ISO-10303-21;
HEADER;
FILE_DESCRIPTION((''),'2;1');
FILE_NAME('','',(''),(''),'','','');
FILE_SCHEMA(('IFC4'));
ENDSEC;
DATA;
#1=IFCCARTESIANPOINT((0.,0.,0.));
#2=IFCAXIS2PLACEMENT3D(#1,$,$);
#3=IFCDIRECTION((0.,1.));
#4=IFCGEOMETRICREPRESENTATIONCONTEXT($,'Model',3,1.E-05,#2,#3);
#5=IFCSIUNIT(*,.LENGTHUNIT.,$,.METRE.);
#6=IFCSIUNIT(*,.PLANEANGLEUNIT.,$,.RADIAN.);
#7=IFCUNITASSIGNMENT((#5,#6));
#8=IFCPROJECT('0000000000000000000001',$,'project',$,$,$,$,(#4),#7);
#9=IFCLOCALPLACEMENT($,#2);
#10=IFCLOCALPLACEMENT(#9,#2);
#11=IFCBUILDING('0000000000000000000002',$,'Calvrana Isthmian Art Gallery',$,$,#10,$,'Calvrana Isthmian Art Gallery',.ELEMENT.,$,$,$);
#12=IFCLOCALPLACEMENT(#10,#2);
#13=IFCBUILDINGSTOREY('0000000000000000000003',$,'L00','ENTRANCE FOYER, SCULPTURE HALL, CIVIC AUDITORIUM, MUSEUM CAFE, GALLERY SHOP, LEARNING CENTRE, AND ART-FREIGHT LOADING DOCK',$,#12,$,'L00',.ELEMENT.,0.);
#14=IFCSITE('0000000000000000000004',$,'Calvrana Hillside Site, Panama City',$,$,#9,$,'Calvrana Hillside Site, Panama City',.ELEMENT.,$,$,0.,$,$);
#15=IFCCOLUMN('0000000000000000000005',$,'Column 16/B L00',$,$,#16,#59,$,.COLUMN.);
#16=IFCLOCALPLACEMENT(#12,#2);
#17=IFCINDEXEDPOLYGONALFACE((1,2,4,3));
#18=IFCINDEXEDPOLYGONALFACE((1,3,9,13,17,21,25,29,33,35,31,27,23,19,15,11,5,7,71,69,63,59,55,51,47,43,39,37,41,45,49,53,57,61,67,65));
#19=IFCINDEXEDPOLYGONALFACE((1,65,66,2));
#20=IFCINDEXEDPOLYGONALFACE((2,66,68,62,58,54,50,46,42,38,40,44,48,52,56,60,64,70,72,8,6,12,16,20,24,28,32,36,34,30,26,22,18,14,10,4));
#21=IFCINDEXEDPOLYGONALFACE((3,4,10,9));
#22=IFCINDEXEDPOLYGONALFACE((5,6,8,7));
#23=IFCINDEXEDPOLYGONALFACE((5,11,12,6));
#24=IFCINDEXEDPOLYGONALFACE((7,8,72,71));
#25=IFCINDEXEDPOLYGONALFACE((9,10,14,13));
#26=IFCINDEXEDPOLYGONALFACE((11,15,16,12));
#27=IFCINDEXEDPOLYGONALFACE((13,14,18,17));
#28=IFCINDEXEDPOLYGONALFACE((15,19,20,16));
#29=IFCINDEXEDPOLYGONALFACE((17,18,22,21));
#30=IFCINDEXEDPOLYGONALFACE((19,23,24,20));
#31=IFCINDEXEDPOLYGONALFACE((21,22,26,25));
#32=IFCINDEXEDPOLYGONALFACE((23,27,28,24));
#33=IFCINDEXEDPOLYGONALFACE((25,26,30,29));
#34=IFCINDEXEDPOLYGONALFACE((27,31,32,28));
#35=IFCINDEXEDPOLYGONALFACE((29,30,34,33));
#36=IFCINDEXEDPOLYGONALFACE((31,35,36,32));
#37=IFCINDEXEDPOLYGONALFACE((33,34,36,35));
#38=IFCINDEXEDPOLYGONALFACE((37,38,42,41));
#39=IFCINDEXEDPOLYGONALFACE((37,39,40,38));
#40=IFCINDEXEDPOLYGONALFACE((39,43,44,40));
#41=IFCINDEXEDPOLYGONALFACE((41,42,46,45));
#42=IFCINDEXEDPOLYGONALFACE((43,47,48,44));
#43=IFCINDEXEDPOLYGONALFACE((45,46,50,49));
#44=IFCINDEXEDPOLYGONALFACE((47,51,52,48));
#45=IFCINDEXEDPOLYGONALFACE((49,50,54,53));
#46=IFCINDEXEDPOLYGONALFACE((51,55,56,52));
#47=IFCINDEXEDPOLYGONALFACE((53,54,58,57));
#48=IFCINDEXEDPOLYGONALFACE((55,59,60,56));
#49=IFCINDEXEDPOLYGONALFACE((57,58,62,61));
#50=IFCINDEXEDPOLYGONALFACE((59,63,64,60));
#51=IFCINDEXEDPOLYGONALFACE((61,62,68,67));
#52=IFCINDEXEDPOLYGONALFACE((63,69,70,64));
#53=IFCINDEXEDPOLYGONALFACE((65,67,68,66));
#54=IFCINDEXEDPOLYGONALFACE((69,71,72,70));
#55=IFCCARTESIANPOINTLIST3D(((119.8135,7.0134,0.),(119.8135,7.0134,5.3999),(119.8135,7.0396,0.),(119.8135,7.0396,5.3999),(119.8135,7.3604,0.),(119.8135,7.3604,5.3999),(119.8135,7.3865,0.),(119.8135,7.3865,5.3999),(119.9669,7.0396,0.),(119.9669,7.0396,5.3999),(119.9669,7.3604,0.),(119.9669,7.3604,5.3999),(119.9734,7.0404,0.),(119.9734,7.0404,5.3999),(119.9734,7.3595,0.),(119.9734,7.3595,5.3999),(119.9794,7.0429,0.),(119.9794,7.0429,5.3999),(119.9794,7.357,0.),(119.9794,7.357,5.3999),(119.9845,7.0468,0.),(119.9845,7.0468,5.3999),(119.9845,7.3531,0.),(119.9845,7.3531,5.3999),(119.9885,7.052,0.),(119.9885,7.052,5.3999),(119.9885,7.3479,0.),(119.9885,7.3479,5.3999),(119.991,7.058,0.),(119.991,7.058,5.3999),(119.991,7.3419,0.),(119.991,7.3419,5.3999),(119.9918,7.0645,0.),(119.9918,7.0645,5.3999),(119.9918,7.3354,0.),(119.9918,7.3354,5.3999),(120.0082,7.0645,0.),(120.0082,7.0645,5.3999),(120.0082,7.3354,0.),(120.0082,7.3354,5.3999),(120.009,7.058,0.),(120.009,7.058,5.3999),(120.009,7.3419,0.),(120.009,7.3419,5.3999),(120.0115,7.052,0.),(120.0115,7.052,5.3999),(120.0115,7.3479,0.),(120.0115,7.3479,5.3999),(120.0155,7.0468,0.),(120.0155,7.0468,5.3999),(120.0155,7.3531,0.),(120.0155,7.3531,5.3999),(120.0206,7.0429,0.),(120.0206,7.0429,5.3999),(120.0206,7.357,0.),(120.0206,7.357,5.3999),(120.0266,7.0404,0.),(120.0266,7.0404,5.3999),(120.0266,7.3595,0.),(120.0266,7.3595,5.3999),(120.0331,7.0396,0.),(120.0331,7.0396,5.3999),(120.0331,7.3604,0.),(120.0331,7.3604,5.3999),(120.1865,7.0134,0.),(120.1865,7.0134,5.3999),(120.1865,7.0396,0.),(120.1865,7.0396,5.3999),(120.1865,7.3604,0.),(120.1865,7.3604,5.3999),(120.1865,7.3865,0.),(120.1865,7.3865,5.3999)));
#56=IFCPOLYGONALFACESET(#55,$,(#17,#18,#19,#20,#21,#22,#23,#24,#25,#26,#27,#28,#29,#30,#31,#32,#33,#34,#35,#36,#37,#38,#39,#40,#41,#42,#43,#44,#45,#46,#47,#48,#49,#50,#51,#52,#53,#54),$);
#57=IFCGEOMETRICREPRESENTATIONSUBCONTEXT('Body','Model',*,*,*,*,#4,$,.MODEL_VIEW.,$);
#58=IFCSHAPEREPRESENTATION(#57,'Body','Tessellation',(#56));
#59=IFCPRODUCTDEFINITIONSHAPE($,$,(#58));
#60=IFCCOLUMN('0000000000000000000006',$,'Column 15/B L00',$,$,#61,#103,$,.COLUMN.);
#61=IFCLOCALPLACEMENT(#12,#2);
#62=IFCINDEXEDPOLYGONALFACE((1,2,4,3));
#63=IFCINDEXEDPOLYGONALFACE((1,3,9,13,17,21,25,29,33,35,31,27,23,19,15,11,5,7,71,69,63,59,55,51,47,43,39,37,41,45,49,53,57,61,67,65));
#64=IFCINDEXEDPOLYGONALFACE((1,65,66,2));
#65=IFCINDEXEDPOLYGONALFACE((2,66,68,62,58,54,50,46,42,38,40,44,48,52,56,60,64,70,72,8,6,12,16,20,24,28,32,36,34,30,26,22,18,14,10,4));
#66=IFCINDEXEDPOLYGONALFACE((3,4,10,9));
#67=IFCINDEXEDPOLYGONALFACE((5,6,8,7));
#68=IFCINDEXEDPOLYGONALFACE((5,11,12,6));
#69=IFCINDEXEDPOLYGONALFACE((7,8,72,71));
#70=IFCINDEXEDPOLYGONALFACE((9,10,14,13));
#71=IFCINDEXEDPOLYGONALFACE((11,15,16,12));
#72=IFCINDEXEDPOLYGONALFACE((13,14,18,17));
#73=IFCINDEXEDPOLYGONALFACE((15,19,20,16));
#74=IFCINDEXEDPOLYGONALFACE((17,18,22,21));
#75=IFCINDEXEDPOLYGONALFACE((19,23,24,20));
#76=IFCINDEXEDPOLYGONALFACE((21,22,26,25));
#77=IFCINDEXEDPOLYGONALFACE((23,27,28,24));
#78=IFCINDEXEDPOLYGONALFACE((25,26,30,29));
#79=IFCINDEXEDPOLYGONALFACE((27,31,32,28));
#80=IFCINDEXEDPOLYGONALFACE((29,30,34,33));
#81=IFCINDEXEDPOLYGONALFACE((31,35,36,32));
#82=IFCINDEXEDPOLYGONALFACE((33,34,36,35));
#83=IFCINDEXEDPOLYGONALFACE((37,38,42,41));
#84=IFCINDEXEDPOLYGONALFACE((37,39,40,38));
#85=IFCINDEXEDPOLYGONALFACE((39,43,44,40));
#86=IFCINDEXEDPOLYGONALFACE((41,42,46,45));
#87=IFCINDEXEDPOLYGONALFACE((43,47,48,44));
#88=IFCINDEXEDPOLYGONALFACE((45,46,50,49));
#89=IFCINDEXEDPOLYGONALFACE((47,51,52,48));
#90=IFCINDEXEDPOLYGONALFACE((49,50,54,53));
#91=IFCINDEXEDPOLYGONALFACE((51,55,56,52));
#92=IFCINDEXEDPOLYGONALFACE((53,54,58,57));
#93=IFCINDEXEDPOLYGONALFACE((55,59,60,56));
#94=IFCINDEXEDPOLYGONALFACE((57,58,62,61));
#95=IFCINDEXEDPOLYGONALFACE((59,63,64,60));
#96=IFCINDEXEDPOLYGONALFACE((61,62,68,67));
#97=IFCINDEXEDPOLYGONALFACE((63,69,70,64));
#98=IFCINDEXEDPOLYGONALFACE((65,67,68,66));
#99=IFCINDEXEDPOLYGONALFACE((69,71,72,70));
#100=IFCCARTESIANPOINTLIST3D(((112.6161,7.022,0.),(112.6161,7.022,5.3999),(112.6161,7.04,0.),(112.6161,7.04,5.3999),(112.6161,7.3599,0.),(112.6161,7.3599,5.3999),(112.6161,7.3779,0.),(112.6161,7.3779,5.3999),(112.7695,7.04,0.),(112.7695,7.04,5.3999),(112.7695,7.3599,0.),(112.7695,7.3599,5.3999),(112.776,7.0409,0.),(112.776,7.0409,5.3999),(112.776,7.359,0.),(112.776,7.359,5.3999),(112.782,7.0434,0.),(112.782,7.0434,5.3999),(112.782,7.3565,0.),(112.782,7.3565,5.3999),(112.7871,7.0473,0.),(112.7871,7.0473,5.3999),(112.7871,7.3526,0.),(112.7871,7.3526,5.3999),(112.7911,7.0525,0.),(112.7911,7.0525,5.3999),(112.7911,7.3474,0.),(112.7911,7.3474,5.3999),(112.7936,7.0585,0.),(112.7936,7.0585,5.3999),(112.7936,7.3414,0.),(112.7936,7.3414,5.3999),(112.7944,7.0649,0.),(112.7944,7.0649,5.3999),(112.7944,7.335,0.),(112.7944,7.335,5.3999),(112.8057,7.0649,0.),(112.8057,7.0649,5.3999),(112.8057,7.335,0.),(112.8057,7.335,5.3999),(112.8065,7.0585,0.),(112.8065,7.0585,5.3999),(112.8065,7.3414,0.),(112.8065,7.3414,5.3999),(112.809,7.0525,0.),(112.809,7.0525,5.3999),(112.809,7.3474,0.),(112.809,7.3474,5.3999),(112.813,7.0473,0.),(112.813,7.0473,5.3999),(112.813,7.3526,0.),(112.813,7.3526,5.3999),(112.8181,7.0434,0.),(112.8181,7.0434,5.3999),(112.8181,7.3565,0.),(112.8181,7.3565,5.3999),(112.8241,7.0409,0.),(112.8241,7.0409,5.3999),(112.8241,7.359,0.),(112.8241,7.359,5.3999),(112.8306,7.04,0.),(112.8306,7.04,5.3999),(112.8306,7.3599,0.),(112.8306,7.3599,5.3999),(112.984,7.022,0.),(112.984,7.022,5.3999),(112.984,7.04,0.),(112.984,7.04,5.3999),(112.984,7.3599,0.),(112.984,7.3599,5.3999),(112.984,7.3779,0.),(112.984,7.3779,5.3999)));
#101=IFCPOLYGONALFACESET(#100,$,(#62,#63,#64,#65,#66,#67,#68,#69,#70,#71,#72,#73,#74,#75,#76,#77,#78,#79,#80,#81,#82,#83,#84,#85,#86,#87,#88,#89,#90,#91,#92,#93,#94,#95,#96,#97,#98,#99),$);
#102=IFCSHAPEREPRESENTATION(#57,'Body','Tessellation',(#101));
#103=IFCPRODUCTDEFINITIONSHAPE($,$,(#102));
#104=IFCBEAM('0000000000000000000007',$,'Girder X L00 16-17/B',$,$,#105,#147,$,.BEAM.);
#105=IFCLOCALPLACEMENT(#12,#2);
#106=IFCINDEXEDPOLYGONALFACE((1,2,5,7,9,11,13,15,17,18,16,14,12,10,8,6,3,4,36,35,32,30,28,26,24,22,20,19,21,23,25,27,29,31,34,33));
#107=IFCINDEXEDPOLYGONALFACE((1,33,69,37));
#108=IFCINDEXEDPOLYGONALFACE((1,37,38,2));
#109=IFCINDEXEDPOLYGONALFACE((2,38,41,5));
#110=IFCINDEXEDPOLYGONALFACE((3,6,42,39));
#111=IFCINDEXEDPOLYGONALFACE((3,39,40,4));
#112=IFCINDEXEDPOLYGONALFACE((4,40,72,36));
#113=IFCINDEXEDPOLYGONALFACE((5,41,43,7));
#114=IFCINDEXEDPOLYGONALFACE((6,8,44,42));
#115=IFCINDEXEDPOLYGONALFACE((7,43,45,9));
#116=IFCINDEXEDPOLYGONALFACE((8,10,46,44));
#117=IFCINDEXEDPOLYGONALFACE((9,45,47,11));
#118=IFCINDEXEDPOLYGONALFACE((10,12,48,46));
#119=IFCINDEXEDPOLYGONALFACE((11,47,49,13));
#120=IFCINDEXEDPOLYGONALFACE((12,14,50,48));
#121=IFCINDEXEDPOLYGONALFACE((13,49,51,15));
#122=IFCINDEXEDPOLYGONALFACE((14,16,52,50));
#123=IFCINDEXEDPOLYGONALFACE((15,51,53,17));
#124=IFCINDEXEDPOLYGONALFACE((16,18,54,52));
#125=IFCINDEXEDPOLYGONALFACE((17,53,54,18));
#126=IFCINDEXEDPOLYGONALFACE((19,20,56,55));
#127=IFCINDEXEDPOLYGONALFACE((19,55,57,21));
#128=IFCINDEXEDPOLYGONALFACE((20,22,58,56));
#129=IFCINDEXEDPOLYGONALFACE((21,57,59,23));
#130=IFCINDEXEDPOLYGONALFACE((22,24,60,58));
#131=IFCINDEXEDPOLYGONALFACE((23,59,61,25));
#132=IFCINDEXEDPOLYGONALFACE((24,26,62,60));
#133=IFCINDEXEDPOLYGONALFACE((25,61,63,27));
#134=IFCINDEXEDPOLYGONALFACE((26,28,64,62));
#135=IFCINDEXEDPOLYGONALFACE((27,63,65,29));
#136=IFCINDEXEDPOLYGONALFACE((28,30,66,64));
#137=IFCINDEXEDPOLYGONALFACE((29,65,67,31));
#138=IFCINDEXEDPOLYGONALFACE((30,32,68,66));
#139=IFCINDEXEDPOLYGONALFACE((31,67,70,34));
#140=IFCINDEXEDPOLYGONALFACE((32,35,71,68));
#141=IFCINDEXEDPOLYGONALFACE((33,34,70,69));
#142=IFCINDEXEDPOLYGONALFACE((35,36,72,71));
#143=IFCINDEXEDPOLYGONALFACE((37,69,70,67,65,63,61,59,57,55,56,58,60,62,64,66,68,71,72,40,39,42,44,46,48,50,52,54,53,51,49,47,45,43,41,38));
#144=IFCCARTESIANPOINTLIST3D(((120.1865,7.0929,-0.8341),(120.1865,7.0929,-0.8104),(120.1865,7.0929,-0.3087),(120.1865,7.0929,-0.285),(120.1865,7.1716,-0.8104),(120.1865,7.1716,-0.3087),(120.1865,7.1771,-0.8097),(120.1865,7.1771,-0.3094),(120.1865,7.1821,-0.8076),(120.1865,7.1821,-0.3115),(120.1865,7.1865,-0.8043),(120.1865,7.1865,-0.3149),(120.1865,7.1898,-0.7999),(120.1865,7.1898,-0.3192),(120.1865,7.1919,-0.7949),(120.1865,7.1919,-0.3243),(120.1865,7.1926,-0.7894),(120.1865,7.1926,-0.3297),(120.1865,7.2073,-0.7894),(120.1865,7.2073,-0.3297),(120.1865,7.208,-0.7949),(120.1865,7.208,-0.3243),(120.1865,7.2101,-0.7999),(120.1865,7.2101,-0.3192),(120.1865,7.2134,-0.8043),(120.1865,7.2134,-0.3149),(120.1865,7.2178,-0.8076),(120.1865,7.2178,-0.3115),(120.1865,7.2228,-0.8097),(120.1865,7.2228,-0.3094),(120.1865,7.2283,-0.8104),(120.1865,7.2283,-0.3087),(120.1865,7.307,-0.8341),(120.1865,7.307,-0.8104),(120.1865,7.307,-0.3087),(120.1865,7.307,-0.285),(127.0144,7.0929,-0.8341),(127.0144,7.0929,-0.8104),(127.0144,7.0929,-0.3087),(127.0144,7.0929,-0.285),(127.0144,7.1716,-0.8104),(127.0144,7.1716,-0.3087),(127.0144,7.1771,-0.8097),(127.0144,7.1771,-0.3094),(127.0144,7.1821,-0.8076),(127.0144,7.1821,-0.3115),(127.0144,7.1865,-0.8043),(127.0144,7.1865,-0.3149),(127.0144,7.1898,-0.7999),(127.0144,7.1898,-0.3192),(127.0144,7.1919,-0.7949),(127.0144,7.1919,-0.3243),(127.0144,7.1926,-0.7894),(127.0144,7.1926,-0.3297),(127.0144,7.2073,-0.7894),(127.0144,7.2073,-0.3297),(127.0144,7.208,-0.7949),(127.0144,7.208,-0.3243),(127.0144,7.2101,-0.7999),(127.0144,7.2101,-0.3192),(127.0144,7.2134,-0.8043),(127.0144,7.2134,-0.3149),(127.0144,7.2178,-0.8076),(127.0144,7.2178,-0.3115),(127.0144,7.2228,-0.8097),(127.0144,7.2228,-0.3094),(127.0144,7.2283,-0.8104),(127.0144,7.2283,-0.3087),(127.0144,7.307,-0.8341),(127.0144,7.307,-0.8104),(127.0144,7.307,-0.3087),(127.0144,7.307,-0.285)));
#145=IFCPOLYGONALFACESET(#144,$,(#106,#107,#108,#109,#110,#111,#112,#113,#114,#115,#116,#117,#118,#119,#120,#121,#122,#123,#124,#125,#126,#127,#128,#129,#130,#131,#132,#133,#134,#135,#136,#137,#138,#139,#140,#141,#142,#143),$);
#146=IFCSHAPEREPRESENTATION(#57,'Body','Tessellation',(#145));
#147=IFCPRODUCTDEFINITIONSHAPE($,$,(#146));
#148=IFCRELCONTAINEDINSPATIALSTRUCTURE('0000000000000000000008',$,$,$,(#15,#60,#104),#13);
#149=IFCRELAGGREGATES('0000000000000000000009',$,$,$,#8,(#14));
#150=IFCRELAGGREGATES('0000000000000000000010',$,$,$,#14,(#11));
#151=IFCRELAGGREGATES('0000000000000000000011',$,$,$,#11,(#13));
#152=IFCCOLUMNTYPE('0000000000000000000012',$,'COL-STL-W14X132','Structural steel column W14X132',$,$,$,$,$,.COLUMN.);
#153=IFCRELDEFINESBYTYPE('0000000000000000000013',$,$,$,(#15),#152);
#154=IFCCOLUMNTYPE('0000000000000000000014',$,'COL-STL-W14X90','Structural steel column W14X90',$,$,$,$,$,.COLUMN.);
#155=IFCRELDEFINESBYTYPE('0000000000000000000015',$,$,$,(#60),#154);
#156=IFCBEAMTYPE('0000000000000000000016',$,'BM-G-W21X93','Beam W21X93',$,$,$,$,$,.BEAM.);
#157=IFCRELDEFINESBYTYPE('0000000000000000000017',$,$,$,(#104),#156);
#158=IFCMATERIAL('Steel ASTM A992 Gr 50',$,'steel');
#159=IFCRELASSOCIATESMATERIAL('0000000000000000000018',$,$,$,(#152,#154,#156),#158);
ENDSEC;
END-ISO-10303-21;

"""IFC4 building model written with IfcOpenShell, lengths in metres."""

from ifc_helpers import new_model, si_unit, direction, frame, origin, origin_2d, place, context, subcontext, project, spatial, i_section, extrude, material, material_profile, profile_set, type_object, element, save


model = new_model("IFC4")

# Units and contexts
model_context = context("Model", 3, precision=1e-05, world=origin(), true_north=direction((0.0, 1.0)))
body_context = subcontext(model_context, "Body", "Model", "MODEL_VIEW")
ifc_project = project(units=[si_unit("LENGTHUNIT", "METRE"), si_unit("PLANEANGLEUNIT", "RADIAN")], contexts=[model_context])

# Site, building, storey
site_placement = place(None, origin())
site = spatial("IfcSite", under=ifc_project, at=site_placement, Name="Calvrana Hillside Site, Panama City", LongName="Calvrana Hillside Site, Panama City", CompositionType="ELEMENT", RefElevation=0.0)
building_placement = place(site_placement, origin())
building = spatial("IfcBuilding", under=site, at=building_placement, Name="Calvrana Isthmian Art Gallery", LongName="Calvrana Isthmian Art Gallery", CompositionType="ELEMENT")
storey_placement = place(building_placement, origin())
storey = spatial("IfcBuildingStorey", under=building, at=storey_placement, Name="L00", Description="ENTRANCE FOYER, SCULPTURE HALL, CIVIC AUDITORIUM, MUSEUM CAFE, GALLERY SHOP, LEARNING CENTRE, AND ART-FREIGHT LOADING DOCK", LongName="L00", CompositionType="ELEMENT", Elevation=0.0)

# Columns
ifc_material_1 = material(Name="Steel ASTM A992 Gr 50", Category="steel")
ifc_material_profile_1 = material_profile(ifc_material_1, i_section(OverallWidth=0.373, OverallDepth=0.373, WebThickness=0.0164, FlangeThickness=0.0261, FilletRadius=0.0249, at=origin_2d()), Name="W14X132")
ifc_profile_set_1 = profile_set([ifc_material_profile_1], Name="Steel ASTM A992 Gr 50")
column_type_1 = type_object("IfcColumnType", Name="COL-STL-W14X132", Description="Structural steel column W14X132", PredefinedType="COLUMN", material=ifc_profile_set_1)
column_1_placement = place(storey_placement, frame((120.0, 7.2, 0.0), z_axis=(0.0, 0.0, 1.0), x_axis=(1.0, 0.0, 0.0)))
element("IfcColumn", 1, at=column_1_placement, inside=storey, type_object=column_type_1, Name="Column 16/B L00", PredefinedType="COLUMN", context=body_context, shape_type="SweptSolid", body=[
    extrude(i_section(OverallWidth=0.373, OverallDepth=0.373, WebThickness=0.0164, FlangeThickness=0.0261, FilletRadius=0.0249, at=origin_2d()), origin(), (0.0, 0.0, 1.0), 5.3999),
])
ifc_material_profile_2 = material_profile(ifc_material_1, i_section(OverallWidth=0.3679, OverallDepth=0.356, WebThickness=0.0112, FlangeThickness=0.0181, FilletRadius=0.0249, at=origin_2d()), Name="W14X90")
ifc_profile_set_2 = profile_set([ifc_material_profile_2], Name="Steel ASTM A992 Gr 50")
column_type_2 = type_object("IfcColumnType", Name="COL-STL-W14X90", Description="Structural steel column W14X90", PredefinedType="COLUMN", material=ifc_profile_set_2)
column_2_placement = place(storey_placement, frame((112.8, 7.2, 0.0), z_axis=(0.0, 0.0, 1.0), x_axis=(1.0, 0.0, 0.0)))
element("IfcColumn", 2, at=column_2_placement, inside=storey, type_object=column_type_2, Name="Column 15/B L00", PredefinedType="COLUMN", context=body_context, shape_type="SweptSolid", body=[
    extrude(i_section(OverallWidth=0.3679, OverallDepth=0.356, WebThickness=0.0112, FlangeThickness=0.0181, FilletRadius=0.0249, at=origin_2d()), origin(), (0.0, 0.0, 1.0), 5.3999),
])

# Beam
ifc_material_profile_3 = material_profile(ifc_material_1, i_section(OverallWidth=0.2141, OverallDepth=0.5491, WebThickness=0.0146, FlangeThickness=0.0237, FilletRadius=0.021, at=origin_2d()), Name="W21X93")
ifc_profile_set_3 = profile_set([ifc_material_profile_3], Name="Steel ASTM A992 Gr 50")
beam_type_1 = type_object("IfcBeamType", Name="BM-G-W21X93", Description="Beam W21X93", PredefinedType="BEAM", material=ifc_profile_set_3)
beam_1_placement = place(storey_placement, frame((120.1865, 7.2, -0.5596), z_axis=(1.0, 0.0, 0.0), x_axis=(0.0, 1.0, 0.0)))
element("IfcBeam", 3, at=beam_1_placement, inside=storey, type_object=beam_type_1, Name="Girder X L00 16-17/B", PredefinedType="BEAM", context=body_context, shape_type="SweptSolid", body=[
    extrude(i_section(OverallWidth=0.2141, OverallDepth=0.5491, WebThickness=0.0146, FlangeThickness=0.0237, FilletRadius=0.021, at=origin_2d()), origin(), (0.0, 0.0, 1.0), 6.8279),
])

save(model, "model.ifc")
